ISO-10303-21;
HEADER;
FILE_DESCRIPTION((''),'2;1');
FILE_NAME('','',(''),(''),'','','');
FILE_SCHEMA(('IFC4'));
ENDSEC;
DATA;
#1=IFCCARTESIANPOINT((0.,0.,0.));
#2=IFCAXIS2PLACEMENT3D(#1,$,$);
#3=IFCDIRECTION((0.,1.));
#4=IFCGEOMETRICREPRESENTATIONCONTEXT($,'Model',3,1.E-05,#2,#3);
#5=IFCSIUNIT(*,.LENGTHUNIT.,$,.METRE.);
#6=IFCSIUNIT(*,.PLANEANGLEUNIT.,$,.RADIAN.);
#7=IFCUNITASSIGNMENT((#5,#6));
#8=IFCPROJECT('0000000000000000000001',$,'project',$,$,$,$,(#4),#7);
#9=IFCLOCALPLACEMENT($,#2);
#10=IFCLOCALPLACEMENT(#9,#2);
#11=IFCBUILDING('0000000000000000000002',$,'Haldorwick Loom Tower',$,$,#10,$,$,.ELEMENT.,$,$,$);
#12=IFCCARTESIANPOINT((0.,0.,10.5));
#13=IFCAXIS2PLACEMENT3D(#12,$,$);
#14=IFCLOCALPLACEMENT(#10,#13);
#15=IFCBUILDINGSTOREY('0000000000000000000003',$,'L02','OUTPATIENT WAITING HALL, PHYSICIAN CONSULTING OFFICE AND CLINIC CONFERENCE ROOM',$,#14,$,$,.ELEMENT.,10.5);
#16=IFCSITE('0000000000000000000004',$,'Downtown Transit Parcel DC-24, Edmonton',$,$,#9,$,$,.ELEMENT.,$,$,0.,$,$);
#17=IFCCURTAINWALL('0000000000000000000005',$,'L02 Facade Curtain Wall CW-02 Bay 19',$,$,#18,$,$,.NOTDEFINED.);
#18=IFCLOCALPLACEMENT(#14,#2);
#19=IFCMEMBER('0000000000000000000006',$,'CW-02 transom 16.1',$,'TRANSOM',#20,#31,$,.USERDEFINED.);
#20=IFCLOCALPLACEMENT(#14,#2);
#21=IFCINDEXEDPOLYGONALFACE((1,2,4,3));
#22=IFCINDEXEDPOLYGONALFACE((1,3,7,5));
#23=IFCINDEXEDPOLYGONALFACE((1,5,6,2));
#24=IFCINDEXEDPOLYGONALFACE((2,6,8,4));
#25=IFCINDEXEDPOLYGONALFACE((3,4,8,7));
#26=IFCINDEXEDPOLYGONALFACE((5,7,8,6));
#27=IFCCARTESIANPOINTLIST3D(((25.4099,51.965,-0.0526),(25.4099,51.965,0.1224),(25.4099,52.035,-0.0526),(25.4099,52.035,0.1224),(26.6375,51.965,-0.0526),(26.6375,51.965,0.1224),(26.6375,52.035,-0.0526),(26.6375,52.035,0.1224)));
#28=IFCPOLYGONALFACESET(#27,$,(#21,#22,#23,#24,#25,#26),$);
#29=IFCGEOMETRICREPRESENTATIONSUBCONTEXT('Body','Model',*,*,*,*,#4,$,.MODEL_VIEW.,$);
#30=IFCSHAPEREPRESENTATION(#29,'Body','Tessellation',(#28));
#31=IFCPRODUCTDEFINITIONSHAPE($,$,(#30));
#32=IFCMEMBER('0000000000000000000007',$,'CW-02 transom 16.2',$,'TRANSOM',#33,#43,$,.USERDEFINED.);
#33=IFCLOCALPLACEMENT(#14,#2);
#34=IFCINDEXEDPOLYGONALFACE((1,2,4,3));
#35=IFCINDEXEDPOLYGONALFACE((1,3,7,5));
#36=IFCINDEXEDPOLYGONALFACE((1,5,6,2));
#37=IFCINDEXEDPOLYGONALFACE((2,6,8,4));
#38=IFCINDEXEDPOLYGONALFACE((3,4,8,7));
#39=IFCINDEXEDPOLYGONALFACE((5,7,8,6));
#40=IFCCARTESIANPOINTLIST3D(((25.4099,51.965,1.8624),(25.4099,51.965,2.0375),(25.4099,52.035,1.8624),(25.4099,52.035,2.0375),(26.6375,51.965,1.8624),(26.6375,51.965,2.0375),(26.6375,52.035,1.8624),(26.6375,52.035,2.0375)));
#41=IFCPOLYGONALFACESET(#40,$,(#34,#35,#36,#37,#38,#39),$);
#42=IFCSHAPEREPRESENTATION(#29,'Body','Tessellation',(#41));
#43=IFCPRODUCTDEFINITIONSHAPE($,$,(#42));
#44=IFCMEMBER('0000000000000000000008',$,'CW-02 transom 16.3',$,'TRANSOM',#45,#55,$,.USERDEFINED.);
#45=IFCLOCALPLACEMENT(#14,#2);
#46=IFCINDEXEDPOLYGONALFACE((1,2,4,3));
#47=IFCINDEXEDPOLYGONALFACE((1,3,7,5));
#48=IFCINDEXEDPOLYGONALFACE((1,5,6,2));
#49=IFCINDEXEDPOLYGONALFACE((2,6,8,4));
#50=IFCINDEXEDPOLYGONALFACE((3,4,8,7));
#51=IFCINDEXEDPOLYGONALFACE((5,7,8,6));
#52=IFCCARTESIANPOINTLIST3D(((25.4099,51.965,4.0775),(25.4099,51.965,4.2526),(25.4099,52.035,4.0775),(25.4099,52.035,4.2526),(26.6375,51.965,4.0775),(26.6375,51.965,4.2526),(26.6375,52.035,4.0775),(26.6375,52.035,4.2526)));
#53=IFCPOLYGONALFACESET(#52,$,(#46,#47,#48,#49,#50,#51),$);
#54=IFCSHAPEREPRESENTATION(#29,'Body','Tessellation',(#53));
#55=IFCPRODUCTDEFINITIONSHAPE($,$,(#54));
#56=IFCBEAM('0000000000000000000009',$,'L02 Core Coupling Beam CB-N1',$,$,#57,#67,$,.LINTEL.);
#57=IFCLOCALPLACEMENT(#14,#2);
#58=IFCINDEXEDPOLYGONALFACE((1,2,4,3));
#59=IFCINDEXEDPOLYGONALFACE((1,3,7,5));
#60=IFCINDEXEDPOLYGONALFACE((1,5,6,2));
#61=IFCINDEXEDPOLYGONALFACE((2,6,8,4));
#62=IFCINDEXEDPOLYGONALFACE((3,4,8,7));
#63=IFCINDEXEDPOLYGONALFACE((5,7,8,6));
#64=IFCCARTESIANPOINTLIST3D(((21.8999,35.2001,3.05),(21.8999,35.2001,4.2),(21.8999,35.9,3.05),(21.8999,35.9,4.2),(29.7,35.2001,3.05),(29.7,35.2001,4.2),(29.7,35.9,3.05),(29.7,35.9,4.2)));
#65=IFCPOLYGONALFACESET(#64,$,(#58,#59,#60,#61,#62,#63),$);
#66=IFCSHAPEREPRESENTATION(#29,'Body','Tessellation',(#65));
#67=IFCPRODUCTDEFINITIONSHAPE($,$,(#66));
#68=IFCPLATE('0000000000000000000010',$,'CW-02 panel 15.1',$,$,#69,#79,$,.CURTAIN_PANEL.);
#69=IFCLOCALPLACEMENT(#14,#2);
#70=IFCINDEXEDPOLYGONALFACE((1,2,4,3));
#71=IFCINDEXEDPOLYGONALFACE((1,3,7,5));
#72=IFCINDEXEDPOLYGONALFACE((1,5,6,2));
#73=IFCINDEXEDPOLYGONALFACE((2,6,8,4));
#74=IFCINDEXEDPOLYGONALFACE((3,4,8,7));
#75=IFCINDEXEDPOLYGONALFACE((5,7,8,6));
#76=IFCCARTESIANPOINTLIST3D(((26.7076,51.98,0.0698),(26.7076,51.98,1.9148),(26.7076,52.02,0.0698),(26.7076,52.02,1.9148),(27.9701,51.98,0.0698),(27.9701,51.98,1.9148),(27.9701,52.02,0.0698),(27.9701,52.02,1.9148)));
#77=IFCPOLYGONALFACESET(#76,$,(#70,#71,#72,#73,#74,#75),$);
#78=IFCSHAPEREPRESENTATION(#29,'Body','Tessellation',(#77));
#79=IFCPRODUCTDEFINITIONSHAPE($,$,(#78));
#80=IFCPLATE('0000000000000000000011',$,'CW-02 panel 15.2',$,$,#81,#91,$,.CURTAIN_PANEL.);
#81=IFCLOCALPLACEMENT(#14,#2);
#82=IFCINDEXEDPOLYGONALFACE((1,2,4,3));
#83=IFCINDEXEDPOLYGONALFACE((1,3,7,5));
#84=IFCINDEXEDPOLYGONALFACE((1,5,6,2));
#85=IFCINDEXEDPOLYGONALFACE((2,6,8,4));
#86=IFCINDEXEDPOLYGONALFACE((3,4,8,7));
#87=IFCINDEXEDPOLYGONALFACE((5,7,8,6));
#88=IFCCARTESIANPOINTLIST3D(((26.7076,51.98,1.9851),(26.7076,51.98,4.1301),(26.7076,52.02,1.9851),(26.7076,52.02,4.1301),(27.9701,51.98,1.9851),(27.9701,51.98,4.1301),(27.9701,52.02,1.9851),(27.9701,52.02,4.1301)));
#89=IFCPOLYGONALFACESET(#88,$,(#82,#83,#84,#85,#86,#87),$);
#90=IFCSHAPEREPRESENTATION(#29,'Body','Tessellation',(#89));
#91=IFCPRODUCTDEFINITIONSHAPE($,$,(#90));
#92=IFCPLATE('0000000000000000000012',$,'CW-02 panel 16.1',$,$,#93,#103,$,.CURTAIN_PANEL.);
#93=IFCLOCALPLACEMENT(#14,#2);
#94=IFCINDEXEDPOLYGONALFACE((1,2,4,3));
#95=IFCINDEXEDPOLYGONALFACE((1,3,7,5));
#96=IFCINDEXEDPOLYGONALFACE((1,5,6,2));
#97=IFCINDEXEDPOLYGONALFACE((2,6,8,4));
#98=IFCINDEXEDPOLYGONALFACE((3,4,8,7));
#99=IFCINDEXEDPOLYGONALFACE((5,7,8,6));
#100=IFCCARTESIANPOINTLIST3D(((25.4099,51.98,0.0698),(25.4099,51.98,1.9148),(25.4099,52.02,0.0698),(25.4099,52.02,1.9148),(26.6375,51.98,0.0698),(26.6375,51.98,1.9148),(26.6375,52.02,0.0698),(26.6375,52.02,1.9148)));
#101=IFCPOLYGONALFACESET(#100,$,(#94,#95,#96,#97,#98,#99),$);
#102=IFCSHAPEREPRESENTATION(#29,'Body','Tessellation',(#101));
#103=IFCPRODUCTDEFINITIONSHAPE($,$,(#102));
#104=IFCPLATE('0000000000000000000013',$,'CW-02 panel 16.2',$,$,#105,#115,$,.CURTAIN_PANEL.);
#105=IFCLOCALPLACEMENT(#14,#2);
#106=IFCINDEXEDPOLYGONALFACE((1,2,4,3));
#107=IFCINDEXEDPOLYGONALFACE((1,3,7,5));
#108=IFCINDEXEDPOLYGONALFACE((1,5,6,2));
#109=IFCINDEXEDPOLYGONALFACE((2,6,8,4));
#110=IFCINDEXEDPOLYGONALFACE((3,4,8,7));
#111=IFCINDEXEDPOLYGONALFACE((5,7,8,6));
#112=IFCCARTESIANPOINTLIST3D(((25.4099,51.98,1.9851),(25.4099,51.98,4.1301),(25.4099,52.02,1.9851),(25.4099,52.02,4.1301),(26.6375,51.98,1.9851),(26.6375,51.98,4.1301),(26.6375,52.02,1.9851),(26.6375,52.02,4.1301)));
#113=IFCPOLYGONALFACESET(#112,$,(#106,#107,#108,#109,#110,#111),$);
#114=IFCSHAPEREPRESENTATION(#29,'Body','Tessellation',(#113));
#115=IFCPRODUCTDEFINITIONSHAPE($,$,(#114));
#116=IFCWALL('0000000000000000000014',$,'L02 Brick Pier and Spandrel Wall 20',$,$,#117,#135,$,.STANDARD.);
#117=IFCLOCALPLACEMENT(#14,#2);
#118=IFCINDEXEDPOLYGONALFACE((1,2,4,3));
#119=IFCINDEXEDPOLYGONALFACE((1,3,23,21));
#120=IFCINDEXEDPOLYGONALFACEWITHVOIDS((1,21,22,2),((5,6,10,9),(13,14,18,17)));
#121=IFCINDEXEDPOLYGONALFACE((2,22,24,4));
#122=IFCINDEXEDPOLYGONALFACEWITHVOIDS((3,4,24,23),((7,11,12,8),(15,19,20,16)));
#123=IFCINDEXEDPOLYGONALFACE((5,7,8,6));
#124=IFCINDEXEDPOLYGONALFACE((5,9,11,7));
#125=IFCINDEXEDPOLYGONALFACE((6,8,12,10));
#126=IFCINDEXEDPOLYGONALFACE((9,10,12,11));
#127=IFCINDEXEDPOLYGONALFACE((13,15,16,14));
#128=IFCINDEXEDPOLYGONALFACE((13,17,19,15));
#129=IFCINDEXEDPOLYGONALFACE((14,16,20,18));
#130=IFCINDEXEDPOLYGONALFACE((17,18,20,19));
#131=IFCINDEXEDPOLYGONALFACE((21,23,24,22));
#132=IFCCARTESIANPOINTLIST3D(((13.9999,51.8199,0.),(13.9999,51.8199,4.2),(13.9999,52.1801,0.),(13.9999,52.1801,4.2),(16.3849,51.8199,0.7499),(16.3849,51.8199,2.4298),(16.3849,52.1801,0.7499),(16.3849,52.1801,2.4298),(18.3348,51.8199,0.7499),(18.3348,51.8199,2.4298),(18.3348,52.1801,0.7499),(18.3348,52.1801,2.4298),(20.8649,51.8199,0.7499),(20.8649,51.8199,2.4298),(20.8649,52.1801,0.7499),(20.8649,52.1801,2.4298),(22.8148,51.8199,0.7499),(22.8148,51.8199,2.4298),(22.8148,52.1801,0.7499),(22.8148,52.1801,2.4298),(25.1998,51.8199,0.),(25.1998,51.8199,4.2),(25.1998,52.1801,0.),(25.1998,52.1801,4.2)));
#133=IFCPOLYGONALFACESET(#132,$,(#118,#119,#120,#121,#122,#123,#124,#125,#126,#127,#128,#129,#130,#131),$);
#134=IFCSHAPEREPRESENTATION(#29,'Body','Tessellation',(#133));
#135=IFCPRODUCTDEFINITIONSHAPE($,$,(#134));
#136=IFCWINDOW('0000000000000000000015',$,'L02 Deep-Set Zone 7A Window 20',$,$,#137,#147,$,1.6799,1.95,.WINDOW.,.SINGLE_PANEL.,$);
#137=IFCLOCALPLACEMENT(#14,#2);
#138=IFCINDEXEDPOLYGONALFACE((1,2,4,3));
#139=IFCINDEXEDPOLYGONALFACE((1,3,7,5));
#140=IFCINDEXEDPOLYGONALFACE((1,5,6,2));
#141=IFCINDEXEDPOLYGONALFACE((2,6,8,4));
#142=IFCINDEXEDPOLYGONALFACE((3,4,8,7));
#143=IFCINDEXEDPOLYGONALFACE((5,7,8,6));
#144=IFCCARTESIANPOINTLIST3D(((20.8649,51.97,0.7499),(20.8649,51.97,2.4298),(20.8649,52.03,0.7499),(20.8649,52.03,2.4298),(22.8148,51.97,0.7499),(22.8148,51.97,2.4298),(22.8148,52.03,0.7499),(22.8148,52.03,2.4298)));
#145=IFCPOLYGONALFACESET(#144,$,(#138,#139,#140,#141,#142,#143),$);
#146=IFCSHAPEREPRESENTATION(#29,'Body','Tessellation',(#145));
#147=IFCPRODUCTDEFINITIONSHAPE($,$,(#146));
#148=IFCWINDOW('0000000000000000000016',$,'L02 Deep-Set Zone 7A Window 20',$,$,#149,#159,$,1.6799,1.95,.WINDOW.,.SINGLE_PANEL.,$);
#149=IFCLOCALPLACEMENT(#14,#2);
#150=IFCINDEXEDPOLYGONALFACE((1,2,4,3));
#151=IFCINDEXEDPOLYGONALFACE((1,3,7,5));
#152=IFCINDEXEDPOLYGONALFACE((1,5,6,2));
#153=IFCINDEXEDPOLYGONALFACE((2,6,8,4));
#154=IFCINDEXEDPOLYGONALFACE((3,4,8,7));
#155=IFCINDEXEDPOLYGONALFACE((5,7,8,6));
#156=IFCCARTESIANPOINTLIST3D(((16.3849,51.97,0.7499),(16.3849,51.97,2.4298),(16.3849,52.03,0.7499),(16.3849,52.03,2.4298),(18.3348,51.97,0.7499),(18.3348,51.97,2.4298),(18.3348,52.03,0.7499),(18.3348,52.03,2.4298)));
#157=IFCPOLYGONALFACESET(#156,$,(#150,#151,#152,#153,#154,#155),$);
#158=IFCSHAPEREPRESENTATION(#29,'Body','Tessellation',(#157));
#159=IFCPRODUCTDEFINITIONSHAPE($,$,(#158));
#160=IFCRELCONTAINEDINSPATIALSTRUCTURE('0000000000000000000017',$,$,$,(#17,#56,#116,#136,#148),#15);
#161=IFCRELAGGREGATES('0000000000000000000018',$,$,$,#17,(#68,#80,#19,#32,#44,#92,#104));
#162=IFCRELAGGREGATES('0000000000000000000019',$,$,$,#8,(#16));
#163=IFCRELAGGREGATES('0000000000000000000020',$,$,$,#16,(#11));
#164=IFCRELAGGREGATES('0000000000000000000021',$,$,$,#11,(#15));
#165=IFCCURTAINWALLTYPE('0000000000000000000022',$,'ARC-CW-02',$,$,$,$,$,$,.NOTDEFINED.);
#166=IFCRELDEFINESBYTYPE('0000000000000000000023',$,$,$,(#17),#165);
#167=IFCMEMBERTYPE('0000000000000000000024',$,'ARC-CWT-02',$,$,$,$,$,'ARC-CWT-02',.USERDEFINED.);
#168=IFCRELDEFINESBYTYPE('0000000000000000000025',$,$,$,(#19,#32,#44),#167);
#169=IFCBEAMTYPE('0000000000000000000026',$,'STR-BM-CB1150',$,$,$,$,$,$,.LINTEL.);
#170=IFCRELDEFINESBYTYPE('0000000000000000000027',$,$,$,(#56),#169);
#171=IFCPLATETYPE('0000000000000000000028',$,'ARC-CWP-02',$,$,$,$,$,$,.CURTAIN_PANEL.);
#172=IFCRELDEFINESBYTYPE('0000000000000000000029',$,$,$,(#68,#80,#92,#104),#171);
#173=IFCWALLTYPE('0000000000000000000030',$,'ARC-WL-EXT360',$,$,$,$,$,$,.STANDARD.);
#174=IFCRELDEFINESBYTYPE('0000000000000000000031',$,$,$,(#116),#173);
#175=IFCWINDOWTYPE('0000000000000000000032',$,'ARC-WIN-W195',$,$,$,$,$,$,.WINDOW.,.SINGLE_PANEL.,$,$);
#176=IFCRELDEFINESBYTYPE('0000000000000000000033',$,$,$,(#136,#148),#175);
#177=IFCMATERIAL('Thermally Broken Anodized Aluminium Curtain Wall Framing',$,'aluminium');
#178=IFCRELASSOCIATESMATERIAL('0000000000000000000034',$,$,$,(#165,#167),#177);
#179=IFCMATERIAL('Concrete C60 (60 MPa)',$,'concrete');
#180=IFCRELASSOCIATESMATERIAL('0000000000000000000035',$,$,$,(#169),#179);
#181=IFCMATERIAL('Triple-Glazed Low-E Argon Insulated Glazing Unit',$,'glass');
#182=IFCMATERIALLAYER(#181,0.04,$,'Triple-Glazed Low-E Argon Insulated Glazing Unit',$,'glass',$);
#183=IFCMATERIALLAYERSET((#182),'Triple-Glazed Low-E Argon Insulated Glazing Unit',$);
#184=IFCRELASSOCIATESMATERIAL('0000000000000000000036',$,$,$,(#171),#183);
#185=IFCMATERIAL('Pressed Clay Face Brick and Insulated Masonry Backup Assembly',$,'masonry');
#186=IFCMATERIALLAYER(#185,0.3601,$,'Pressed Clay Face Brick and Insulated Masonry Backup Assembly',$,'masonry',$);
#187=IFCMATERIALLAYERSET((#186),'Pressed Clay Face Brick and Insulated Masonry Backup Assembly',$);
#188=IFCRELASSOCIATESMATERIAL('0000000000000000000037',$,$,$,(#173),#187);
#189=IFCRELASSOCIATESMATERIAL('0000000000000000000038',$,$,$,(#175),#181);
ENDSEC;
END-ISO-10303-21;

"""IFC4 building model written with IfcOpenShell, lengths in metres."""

from ifc_helpers import new_model, si_unit, direction, frame, frame_2d, origin, origin_2d, place, context, subcontext, project, spatial, rectangle, extrude, material, layer, layer_set, material_profile, profile_set, type_object, element, fill, aggregate, save


model = new_model("IFC4")

# Units and contexts
model_context = context("Model", 3, precision=1e-05, world=origin(), true_north=direction((0.0, 1.0)))
body_context = subcontext(model_context, "Body", "Model", "MODEL_VIEW")
ifc_project = project(units=[si_unit("LENGTHUNIT", "METRE"), si_unit("PLANEANGLEUNIT", "RADIAN")], contexts=[model_context])

# Site, building, storey
site_placement = place(None, origin())
site = spatial("IfcSite", under=ifc_project, at=site_placement, Name="Downtown Transit Parcel DC-24, Edmonton", CompositionType="ELEMENT", RefElevation=0.0)
building_placement = place(site_placement, origin())
building = spatial("IfcBuilding", under=site, at=building_placement, Name="Haldorwick Loom Tower", CompositionType="ELEMENT")
storey_placement = place(building_placement, frame((0.0, 0.0, 10.5)))
storey = spatial("IfcBuildingStorey", under=building, at=storey_placement, Name="L02", Description="OUTPATIENT WAITING HALL, PHYSICIAN CONSULTING OFFICE AND CLINIC CONFERENCE ROOM", CompositionType="ELEMENT", Elevation=10.5)

# Curtain wall, members
ifc_material_1 = material(Name="Thermally Broken Anodized Aluminium Curtain Wall Framing", Category="aluminium")
curtain_wall_type = type_object("IfcCurtainWallType", Name="ARC-CW-02", PredefinedType="NOTDEFINED", material=ifc_material_1)
curtain_wall_placement = place(storey_placement, origin())
curtain_wall = element("IfcCurtainWall", 1, at=curtain_wall_placement, inside=storey, type_object=curtain_wall_type, Name="L02 Facade Curtain Wall CW-02 Bay 19", PredefinedType="NOTDEFINED")
ifc_material_profile_1 = material_profile(ifc_material_1, rectangle(XDim=0.0701, YDim=0.175, at=origin_2d()), Name="ALU_TRN_70X175", Category="aluminium")
ifc_profile_set_1 = profile_set([ifc_material_profile_1], Name="Thermally Broken Anodized Aluminium Curtain Wall Framing")
member_type_1 = type_object("IfcMemberType", Name="ARC-CWT-02", ElementType="ARC-CWT-02", PredefinedType="USERDEFINED", material=ifc_profile_set_1)
member_1_placement = place(storey_placement, frame((26.6375, 52.0, 0.0349), z_axis=(-1.0, 0.0, 0.0), x_axis=(0.0, -1.0, 0.0)))
member_1 = element("IfcMember", 2, at=member_1_placement, type_object=member_type_1, Name="CW-02 transom 16.1", ObjectType="TRANSOM", PredefinedType="USERDEFINED", context=body_context, shape_type="SweptSolid", body=[
    extrude(rectangle(XDim=0.0701, YDim=0.175, at=origin_2d()), origin(), (0.0, 0.0, 1.0), 1.2275),
])
member_2_placement = place(storey_placement, frame((26.6375, 52.0, 1.95), z_axis=(-1.0, 0.0, 0.0), x_axis=(0.0, -1.0, 0.0)))
member_2 = element("IfcMember", 3, at=member_2_placement, type_object=member_type_1, Name="CW-02 transom 16.2", ObjectType="TRANSOM", PredefinedType="USERDEFINED", context=body_context, shape_type="SweptSolid", body=[
    extrude(rectangle(XDim=0.0701, YDim=0.175, at=origin_2d()), origin(), (0.0, 0.0, 1.0), 1.2275),
])
member_3_placement = place(storey_placement, frame((26.6375, 52.0, 4.165), z_axis=(-1.0, 0.0, 0.0), x_axis=(0.0, -1.0, 0.0)))
member_3 = element("IfcMember", 4, at=member_3_placement, type_object=member_type_1, Name="CW-02 transom 16.3", ObjectType="TRANSOM", PredefinedType="USERDEFINED", context=body_context, shape_type="SweptSolid", body=[
    extrude(rectangle(XDim=0.0701, YDim=0.175, at=origin_2d()), origin(), (0.0, 0.0, 1.0), 1.2275),
])

# Beam
ifc_material_2 = material(Name="Concrete C60 (60 MPa)", Category="concrete")
ifc_material_profile_2 = material_profile(ifc_material_2, rectangle(XDim=0.7, YDim=1.1499, at=origin_2d()), Name="RC700X1150", Category="concrete")
ifc_profile_set_2 = profile_set([ifc_material_profile_2], Name="Concrete C60 (60 MPa)")
beam_type = type_object("IfcBeamType", Name="STR-BM-CB1150", PredefinedType="LINTEL", material=ifc_profile_set_2)
beam_placement = place(storey_placement, frame((21.8999, 35.55, 3.625), z_axis=(1.0, 0.0, 0.0), x_axis=(0.0, 1.0, 0.0)))
element("IfcBeam", 5, at=beam_placement, inside=storey, type_object=beam_type, Name="L02 Core Coupling Beam CB-N1", PredefinedType="LINTEL", context=body_context, shape_type="SweptSolid", body=[
    extrude(rectangle(XDim=0.7, YDim=1.1499, at=origin_2d()), origin(), (0.0, 0.0, 1.0), 7.8),
])

# Plates
ifc_material_3 = material(Name="Triple-Glazed Low-E Argon Insulated Glazing Unit", Category="glass")
ifc_layer_1 = layer(ifc_material_3, 0.04, Name="Triple-Glazed Low-E Argon Insulated Glazing Unit", Category="glass")
ifc_layer_set_1 = layer_set([ifc_layer_1], Name="Triple-Glazed Low-E Argon Insulated Glazing Unit")
plate_type = type_object("IfcPlateType", Name="ARC-CWP-02", PredefinedType="CURTAIN_PANEL", material=ifc_layer_set_1)
plate_1_placement = place(storey_placement, frame((27.3389, 52.0, 0.0698), z_axis=(0.0, 0.0, 1.0), x_axis=(-1.0, 0.0, 0.0)))
plate_1 = element("IfcPlate", 6, at=plate_1_placement, type_object=plate_type, Name="CW-02 panel 15.1", PredefinedType="CURTAIN_PANEL", context=body_context, shape_type="SweptSolid", body=[
    extrude(rectangle(XDim=1.2625, YDim=0.04, at=origin_2d()), origin(), (0.0, 0.0, 1.0), 1.845),
])
plate_2_placement = place(storey_placement, frame((27.3389, 52.0, 1.9851), z_axis=(0.0, 0.0, 1.0), x_axis=(-1.0, 0.0, 0.0)))
plate_2 = element("IfcPlate", 7, at=plate_2_placement, type_object=plate_type, Name="CW-02 panel 15.2", PredefinedType="CURTAIN_PANEL", context=body_context, shape_type="SweptSolid", body=[
    extrude(rectangle(XDim=1.2625, YDim=0.04, at=origin_2d()), origin(), (0.0, 0.0, 1.0), 2.145),
])
plate_3_placement = place(storey_placement, frame((26.0237, 52.0, 0.0698), z_axis=(0.0, 0.0, 1.0), x_axis=(-1.0, 0.0, 0.0)))
plate_3 = element("IfcPlate", 8, at=plate_3_placement, type_object=plate_type, Name="CW-02 panel 16.1", PredefinedType="CURTAIN_PANEL", context=body_context, shape_type="SweptSolid", body=[
    extrude(rectangle(XDim=1.2275, YDim=0.04, at=origin_2d()), origin(), (0.0, 0.0, 1.0), 1.845),
])
plate_4_placement = place(storey_placement, frame((26.0237, 52.0, 1.9851), z_axis=(0.0, 0.0, 1.0), x_axis=(-1.0, 0.0, 0.0)))
plate_4 = element("IfcPlate", 9, at=plate_4_placement, type_object=plate_type, Name="CW-02 panel 16.2", PredefinedType="CURTAIN_PANEL", context=body_context, shape_type="SweptSolid", body=[
    extrude(rectangle(XDim=1.2275, YDim=0.04, at=origin_2d()), origin(), (0.0, 0.0, 1.0), 2.145),
])
aggregate(curtain_wall, [plate_1, plate_2, member_1, member_2, member_3, plate_3, plate_4])

# Wall, openings, windows
ifc_material_4 = material(Name="Pressed Clay Face Brick and Insulated Masonry Backup Assembly", Category="masonry")
ifc_layer_2 = layer(ifc_material_4, 0.3601, Name="Pressed Clay Face Brick and Insulated Masonry Backup Assembly", Category="masonry")
ifc_layer_set_2 = layer_set([ifc_layer_2], Name="Pressed Clay Face Brick and Insulated Masonry Backup Assembly")
wall_type_1 = type_object("IfcWallType", Name="ARC-WL-EXT360", PredefinedType="STANDARD", material=ifc_layer_set_2)
wall_1_placement = place(storey_placement, frame((25.2, 52.0, 0.0), z_axis=(0.0, 0.0, 1.0), x_axis=(-1.0, 0.0, 0.0)))
wall_1 = element("IfcWall", 10, at=wall_1_placement, inside=storey, type_object=wall_type_1, Name="L02 Brick Pier and Spandrel Wall 20", PredefinedType="STANDARD", context=body_context, shape_type="SweptSolid", body=[
    extrude(rectangle(XDim=11.2, YDim=0.3601, at=frame_2d((5.6001, 0.0))), origin(), (0.0, 0.0, 1.0), 4.2),
])
opening_1_placement = place(wall_1_placement, frame((2.385, 0.0, 0.75)))
opening_1 = element("IfcOpeningElement", 11, at=opening_1_placement, cuts=wall_1, PredefinedType="OPENING", context=body_context, shape_type="SweptSolid", body=[
    extrude(rectangle(XDim=1.95, YDim=1.6799, at=frame_2d((0.9751, 0.8398))), frame((0.0, 0.1899, 0.0), z_axis=(0.0, -1.0, 0.0), x_axis=(1.0, 0.0, 0.0)), (0.0, 0.0, 1.0), 0.3801),
])
opening_2_placement = place(wall_1_placement, frame((6.865, 0.0, 0.75)))
opening_2 = element("IfcOpeningElement", 12, at=opening_2_placement, cuts=wall_1, PredefinedType="OPENING", context=body_context, shape_type="SweptSolid", body=[
    extrude(rectangle(XDim=1.95, YDim=1.6799, at=frame_2d((0.9751, 0.8398))), frame((0.0, 0.1899, 0.0), z_axis=(0.0, -1.0, 0.0), x_axis=(1.0, 0.0, 0.0)), (0.0, 0.0, 1.0), 0.3801),
])
window_type = type_object("IfcWindowType", Name="ARC-WIN-W195", PartitioningType="SINGLE_PANEL", PredefinedType="WINDOW", material=ifc_material_3)
window_1_placement = place(opening_1_placement, origin())
window_1 = element("IfcWindow", 13, at=window_1_placement, inside=storey, type_object=window_type, Name="L02 Deep-Set Zone 7A Window 20", OverallHeight=1.6799, OverallWidth=1.95, PartitioningType="SINGLE_PANEL", PredefinedType="WINDOW", context=body_context, shape_type="SweptSolid", body=[
    extrude(rectangle(XDim=1.95, YDim=1.6799, at=frame_2d((0.9751, 0.8398))), frame((0.0, 0.03, 0.0), z_axis=(0.0, -1.0, 0.0), x_axis=(1.0, 0.0, 0.0)), (0.0, 0.0, 1.0), 0.0601),
])
fill(opening_1, window_1)
window_2_placement = place(opening_2_placement, origin())
window_2 = element("IfcWindow", 14, at=window_2_placement, inside=storey, type_object=window_type, Name="L02 Deep-Set Zone 7A Window 20", OverallHeight=1.6799, OverallWidth=1.95, PartitioningType="SINGLE_PANEL", PredefinedType="WINDOW", context=body_context, shape_type="SweptSolid", body=[
    extrude(rectangle(XDim=1.95, YDim=1.6799, at=frame_2d((0.9751, 0.8398))), frame((0.0, 0.03, 0.0), z_axis=(0.0, -1.0, 0.0), x_axis=(1.0, 0.0, 0.0)), (0.0, 0.0, 1.0), 0.0601),
])
fill(opening_2, window_2)

save(model, "model.ifc")
